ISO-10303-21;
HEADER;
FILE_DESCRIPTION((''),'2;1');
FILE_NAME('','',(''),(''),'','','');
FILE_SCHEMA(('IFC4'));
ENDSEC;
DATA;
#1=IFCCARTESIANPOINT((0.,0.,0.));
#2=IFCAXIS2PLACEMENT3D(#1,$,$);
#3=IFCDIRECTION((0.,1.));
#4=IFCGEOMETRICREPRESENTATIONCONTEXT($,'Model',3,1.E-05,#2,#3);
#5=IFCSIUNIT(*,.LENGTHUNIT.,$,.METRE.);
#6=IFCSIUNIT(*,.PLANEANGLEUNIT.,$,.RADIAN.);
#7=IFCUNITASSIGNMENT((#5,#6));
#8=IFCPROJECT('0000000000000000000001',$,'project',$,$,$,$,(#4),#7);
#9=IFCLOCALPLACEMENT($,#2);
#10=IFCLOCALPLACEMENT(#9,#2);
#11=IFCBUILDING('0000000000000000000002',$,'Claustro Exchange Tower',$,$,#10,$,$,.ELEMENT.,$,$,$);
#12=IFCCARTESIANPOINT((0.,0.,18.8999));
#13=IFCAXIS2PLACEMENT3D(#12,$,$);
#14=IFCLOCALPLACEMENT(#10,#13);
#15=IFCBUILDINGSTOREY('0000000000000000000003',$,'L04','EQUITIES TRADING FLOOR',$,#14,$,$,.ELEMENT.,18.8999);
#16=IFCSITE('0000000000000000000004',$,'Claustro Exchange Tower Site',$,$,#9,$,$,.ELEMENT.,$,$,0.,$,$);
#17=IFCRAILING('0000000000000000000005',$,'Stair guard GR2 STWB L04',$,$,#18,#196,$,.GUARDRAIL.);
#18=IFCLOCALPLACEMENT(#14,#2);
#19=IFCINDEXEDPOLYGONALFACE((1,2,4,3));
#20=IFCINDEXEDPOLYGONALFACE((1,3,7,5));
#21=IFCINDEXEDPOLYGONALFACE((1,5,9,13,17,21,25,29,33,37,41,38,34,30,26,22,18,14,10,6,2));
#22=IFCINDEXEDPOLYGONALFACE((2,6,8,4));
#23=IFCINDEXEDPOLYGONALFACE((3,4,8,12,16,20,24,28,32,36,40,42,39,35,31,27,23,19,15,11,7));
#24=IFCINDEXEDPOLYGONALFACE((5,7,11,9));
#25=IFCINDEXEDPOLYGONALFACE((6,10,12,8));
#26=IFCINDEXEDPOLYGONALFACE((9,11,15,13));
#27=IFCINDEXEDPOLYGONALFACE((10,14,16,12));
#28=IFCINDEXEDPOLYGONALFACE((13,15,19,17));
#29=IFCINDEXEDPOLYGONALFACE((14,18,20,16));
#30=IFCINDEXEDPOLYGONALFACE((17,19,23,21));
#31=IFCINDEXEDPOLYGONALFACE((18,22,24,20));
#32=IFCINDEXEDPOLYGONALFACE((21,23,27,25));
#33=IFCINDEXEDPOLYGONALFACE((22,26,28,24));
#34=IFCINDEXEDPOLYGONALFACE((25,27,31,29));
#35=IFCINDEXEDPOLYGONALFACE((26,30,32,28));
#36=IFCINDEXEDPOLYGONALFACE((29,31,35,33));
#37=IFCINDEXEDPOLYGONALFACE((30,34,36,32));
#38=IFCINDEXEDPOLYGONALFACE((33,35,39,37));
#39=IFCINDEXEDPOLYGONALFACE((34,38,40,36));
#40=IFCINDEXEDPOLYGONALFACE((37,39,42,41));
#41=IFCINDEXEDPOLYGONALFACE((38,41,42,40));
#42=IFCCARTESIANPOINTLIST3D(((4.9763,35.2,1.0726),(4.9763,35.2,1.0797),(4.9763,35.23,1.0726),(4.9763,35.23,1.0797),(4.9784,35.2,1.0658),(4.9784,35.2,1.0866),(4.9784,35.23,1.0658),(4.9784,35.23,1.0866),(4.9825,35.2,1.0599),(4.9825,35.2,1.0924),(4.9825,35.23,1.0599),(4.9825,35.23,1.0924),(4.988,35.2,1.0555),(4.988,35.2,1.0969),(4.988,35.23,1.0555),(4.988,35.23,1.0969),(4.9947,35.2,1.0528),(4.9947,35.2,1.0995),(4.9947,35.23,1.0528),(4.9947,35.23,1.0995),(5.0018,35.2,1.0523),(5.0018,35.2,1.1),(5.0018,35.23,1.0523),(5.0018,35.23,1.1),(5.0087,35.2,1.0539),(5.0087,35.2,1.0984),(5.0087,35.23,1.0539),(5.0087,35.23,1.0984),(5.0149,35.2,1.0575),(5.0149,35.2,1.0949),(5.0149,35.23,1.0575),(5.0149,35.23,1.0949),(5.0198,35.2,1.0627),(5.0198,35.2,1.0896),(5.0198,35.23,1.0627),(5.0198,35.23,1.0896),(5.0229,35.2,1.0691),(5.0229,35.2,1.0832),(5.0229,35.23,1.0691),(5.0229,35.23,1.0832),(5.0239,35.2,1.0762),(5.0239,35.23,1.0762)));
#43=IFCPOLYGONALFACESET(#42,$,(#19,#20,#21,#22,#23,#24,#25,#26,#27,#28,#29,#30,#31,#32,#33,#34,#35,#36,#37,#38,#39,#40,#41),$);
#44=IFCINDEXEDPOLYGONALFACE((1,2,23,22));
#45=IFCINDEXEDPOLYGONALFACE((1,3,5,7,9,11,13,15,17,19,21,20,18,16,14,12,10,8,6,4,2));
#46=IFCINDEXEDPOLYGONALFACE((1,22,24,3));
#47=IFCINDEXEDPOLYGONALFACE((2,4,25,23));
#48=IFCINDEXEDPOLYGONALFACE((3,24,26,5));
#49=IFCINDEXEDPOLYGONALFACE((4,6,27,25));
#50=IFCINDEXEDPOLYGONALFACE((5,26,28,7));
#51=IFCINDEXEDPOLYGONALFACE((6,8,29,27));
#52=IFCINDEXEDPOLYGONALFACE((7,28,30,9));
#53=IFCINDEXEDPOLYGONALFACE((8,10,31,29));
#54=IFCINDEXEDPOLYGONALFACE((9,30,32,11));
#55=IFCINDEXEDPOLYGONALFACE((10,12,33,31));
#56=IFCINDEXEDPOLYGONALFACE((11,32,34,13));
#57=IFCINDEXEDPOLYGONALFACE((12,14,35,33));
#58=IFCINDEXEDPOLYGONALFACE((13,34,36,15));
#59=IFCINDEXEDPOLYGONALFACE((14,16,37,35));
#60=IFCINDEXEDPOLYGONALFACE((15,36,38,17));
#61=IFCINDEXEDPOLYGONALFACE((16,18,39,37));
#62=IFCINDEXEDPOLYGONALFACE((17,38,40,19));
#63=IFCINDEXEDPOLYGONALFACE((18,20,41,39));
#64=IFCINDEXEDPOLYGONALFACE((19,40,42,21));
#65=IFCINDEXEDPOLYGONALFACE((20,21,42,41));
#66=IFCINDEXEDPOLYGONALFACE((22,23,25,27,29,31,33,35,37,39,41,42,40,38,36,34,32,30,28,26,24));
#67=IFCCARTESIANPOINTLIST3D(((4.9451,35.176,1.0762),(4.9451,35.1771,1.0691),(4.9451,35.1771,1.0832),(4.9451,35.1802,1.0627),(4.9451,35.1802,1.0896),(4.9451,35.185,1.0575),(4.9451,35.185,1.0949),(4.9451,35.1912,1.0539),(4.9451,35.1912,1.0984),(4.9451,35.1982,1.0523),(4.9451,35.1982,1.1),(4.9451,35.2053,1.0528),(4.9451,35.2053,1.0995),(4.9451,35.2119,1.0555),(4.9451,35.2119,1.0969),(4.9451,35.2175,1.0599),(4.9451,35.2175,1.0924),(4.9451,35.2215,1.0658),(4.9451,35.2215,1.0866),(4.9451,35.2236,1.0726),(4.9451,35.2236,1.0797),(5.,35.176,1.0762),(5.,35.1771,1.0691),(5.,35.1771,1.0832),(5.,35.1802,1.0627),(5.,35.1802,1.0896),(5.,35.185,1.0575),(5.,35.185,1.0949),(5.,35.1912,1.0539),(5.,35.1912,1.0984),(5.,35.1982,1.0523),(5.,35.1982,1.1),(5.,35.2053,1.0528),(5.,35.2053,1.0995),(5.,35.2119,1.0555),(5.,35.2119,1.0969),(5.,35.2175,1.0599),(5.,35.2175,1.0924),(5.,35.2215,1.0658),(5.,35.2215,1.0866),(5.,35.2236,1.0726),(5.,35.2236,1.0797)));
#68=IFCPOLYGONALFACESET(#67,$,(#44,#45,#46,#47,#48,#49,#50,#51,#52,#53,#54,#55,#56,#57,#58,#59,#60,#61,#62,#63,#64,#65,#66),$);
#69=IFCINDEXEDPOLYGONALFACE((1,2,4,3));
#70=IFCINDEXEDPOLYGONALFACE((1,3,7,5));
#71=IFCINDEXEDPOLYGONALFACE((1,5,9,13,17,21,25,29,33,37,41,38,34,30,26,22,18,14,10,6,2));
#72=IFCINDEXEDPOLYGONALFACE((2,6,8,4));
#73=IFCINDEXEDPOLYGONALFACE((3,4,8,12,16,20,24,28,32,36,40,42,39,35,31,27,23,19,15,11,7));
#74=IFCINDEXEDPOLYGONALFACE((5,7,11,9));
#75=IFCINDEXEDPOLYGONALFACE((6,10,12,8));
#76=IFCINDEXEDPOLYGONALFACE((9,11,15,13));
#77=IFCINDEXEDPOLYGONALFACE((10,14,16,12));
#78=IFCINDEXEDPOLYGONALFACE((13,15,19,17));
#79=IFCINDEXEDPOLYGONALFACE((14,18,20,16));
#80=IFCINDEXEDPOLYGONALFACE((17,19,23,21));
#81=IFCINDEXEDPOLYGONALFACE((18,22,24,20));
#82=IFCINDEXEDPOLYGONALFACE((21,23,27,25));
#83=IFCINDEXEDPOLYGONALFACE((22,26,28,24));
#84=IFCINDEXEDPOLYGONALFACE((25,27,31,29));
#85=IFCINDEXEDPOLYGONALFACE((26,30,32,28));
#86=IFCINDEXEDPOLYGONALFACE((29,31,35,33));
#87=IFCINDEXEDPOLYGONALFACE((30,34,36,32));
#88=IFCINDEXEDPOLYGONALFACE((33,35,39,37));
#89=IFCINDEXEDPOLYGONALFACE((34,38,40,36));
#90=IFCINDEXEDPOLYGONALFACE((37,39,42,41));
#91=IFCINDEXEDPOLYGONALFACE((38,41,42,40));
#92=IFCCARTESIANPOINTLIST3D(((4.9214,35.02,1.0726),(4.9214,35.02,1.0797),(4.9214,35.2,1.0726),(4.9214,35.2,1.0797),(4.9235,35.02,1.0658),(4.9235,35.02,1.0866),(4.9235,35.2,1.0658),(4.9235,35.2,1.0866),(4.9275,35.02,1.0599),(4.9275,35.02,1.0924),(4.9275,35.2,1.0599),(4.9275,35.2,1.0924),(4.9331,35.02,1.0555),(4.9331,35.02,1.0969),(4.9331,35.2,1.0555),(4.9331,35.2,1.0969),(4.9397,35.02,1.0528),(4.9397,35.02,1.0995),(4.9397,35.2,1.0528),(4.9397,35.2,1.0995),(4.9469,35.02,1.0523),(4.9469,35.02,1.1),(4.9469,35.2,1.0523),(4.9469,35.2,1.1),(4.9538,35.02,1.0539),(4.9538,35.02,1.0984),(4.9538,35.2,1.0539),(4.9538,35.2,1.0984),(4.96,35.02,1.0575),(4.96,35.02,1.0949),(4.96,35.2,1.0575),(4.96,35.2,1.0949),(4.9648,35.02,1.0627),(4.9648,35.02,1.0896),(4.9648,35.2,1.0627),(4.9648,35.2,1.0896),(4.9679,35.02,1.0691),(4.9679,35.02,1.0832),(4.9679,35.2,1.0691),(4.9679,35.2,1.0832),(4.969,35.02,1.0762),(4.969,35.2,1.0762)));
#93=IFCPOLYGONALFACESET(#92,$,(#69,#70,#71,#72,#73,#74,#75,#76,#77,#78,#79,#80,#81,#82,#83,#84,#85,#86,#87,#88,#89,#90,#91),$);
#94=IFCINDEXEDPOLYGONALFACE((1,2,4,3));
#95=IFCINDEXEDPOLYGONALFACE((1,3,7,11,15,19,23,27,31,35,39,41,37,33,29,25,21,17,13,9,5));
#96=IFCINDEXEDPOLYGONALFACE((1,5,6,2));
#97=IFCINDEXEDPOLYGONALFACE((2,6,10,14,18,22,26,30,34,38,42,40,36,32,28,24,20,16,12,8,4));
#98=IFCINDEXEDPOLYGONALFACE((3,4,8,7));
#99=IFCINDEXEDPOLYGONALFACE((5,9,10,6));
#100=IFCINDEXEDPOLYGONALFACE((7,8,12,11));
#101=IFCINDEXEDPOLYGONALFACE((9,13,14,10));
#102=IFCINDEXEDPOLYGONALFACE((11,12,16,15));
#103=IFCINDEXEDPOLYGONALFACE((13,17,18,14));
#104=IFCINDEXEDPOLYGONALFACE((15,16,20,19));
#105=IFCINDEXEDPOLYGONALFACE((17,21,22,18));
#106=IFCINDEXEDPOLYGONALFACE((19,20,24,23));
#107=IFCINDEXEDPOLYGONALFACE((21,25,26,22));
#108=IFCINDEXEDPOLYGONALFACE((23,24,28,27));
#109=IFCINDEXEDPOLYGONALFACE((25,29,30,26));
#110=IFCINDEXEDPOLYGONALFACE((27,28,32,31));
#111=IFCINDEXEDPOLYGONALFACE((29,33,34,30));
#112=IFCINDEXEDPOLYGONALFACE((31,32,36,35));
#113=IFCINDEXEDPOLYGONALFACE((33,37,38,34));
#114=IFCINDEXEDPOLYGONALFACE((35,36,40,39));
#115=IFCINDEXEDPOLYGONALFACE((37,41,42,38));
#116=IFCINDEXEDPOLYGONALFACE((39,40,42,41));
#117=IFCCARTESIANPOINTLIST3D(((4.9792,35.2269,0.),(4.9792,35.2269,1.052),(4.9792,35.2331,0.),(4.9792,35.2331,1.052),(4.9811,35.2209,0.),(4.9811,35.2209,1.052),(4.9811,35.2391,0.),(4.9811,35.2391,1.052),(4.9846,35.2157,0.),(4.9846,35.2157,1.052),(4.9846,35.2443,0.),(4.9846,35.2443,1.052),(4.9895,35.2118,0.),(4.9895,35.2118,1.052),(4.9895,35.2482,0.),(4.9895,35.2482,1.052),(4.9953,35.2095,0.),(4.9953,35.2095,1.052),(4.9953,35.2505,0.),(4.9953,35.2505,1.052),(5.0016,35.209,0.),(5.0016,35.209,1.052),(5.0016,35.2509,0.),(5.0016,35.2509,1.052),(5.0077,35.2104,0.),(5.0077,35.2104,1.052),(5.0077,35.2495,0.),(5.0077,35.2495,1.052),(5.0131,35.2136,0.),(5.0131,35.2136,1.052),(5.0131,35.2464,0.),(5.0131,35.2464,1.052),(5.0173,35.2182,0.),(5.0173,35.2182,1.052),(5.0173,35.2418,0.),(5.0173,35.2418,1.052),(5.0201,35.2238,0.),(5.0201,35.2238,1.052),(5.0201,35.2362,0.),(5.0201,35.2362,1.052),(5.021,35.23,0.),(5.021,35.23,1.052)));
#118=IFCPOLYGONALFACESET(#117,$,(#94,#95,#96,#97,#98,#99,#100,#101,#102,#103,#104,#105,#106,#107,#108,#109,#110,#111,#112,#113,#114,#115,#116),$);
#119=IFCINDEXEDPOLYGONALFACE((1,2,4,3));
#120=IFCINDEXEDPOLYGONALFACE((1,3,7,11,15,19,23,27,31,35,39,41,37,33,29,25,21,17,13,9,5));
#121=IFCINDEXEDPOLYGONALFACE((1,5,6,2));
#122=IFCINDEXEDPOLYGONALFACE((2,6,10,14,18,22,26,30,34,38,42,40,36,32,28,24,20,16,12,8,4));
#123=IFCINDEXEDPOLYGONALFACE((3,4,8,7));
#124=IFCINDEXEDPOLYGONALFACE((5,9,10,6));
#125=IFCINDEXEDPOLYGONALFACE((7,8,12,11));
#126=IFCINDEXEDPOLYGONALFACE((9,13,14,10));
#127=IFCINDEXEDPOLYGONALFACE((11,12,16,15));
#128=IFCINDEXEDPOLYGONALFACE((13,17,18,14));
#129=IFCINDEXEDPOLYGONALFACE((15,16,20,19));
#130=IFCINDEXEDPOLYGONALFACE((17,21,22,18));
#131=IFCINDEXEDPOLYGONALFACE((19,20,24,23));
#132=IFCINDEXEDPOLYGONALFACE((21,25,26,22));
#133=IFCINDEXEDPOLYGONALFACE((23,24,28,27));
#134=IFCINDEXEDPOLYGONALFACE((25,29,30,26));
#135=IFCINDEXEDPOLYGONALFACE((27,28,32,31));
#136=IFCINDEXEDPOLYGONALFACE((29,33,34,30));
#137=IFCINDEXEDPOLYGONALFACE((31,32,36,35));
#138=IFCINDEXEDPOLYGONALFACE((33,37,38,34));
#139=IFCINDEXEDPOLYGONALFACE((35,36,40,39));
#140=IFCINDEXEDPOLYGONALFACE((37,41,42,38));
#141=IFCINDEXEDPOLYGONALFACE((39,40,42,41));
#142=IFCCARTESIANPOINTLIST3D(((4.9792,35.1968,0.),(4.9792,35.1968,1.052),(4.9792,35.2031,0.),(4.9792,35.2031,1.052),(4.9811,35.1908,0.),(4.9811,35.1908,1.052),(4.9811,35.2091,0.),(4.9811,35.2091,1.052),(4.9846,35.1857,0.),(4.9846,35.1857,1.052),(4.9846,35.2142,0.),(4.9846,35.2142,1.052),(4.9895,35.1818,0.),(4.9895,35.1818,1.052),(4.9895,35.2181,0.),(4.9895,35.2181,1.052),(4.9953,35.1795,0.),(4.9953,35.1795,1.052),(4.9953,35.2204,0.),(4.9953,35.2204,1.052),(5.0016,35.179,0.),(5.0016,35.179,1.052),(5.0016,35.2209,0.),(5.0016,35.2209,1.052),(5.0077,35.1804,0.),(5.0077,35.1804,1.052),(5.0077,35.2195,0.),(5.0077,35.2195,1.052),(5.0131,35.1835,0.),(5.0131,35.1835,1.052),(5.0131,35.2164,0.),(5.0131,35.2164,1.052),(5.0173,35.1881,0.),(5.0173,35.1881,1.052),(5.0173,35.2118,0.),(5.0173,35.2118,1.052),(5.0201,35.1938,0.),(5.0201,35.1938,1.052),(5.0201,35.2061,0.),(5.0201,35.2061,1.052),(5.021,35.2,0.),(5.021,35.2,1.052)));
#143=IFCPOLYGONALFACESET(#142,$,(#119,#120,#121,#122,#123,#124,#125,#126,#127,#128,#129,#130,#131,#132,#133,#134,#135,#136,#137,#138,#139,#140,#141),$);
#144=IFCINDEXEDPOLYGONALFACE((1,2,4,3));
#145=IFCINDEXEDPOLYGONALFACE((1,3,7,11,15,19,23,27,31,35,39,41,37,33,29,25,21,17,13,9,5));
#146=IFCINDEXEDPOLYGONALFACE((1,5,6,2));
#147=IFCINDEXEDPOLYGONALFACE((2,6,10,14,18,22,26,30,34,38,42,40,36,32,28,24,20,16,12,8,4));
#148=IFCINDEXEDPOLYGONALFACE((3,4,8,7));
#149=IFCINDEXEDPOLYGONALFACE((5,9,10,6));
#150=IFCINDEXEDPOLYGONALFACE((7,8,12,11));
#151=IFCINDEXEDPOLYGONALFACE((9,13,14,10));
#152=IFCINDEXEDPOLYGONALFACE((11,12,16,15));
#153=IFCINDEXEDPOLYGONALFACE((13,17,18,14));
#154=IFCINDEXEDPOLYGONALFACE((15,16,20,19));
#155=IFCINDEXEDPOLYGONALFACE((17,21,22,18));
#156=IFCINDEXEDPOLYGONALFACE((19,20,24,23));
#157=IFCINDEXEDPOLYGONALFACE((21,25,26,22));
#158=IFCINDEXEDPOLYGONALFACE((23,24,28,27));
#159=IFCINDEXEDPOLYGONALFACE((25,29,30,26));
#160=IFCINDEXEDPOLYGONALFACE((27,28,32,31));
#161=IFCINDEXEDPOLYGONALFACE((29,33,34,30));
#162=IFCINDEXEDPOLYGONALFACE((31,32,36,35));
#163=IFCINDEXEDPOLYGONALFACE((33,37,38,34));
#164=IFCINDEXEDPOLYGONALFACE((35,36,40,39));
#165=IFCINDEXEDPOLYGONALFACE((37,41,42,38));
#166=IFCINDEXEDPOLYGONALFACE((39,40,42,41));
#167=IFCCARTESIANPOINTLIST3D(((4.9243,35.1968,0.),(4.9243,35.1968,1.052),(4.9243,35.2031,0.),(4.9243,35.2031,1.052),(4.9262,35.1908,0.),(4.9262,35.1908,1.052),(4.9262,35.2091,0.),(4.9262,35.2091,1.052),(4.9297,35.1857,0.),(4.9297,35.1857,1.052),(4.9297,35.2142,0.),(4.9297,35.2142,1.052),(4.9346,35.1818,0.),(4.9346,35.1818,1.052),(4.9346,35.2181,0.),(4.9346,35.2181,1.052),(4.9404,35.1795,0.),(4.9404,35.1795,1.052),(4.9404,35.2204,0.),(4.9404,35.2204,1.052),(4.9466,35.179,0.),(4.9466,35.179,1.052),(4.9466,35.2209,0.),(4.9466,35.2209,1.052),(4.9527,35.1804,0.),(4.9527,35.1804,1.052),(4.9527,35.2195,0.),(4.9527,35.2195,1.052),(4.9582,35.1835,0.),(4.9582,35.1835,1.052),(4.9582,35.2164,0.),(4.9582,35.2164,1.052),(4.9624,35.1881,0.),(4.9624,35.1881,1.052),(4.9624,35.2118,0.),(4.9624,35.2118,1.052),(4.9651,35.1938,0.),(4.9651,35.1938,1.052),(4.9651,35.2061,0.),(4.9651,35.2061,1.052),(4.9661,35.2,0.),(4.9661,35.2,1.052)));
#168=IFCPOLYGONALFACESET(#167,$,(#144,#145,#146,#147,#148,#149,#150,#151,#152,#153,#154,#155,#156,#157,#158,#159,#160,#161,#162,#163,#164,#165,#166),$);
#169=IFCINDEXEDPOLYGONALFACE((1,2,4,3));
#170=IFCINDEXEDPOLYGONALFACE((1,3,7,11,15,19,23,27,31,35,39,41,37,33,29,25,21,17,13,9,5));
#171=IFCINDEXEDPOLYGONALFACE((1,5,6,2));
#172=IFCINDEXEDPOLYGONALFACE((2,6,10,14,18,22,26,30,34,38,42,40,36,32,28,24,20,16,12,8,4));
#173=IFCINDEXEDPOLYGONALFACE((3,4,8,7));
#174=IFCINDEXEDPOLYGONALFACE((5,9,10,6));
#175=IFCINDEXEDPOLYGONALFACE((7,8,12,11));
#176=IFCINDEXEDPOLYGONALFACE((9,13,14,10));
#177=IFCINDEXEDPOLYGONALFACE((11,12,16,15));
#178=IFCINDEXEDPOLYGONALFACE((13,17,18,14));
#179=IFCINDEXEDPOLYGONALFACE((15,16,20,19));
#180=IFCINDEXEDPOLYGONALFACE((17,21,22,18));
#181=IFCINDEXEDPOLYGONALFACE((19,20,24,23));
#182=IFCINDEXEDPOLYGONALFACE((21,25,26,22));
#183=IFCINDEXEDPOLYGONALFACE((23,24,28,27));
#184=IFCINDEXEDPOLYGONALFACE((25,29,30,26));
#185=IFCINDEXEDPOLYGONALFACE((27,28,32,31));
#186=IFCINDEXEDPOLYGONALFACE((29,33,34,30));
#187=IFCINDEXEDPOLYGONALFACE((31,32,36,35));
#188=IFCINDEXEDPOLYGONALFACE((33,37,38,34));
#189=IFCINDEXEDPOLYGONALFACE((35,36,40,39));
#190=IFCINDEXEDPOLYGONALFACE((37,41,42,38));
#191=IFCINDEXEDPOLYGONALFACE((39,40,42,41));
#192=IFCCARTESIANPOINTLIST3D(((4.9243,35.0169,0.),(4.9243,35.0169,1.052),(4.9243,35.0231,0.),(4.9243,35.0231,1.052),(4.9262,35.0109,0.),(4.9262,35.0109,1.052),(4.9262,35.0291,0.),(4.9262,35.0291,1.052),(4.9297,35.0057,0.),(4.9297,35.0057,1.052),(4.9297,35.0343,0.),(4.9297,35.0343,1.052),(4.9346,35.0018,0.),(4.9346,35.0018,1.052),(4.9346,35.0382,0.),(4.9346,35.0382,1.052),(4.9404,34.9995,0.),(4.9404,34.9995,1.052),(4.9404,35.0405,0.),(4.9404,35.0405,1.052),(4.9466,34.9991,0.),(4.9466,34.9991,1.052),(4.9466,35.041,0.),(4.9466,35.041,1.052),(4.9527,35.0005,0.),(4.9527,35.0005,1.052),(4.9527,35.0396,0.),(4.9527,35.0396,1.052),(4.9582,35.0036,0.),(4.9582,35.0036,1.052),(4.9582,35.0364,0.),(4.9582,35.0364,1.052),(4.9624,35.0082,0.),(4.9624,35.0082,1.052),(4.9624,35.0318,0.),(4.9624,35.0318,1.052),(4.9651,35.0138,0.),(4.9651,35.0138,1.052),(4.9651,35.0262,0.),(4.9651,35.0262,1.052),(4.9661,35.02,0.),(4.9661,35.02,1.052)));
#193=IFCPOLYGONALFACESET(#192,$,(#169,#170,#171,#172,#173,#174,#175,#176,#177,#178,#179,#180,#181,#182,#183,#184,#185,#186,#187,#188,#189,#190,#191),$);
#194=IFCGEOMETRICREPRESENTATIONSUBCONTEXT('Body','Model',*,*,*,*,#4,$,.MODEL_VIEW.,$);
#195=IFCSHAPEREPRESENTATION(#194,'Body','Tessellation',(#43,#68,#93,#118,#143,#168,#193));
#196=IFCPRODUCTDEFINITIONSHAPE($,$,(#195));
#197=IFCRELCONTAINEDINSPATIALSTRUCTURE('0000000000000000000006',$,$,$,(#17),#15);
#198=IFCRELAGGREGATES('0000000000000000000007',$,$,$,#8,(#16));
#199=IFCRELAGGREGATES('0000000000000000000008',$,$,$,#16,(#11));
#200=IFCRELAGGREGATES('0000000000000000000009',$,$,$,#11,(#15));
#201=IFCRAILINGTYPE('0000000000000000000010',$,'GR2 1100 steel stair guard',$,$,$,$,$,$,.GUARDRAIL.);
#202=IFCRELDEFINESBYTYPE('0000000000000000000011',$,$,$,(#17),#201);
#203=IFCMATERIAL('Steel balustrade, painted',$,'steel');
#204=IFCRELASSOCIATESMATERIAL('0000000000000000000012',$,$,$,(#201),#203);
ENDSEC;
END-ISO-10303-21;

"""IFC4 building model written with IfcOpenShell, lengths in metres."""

from ifc_helpers import new_model, si_unit, direction, frame, origin, origin_2d, place, context, subcontext, project, spatial, circle, extrude, material, type_object, element, save


model = new_model("IFC4")

# Units and contexts
model_context = context("Model", 3, precision=1e-05, world=origin(), true_north=direction((0.0, 1.0)))
body_context = subcontext(model_context, "Body", "Model", "MODEL_VIEW")
ifc_project = project(units=[si_unit("LENGTHUNIT", "METRE"), si_unit("PLANEANGLEUNIT", "RADIAN")], contexts=[model_context])

# Site, building, storey
site_placement = place(None, origin())
site = spatial("IfcSite", under=ifc_project, at=site_placement, Name="Claustro Exchange Tower Site", CompositionType="ELEMENT", RefElevation=0.0)
building_placement = place(site_placement, origin())
building = spatial("IfcBuilding", under=site, at=building_placement, Name="Claustro Exchange Tower", CompositionType="ELEMENT")
storey_placement = place(building_placement, frame((0.0, 0.0, 18.8999)))
storey = spatial("IfcBuildingStorey", under=building, at=storey_placement, Name="L04", Description="EQUITIES TRADING FLOOR", CompositionType="ELEMENT", Elevation=18.8999)

# Railing
ifc_material_1 = material(Name="Steel balustrade, painted", Category="steel")
railing_type_1 = type_object("IfcRailingType", Name="GR2 1100 steel stair guard", PredefinedType="GUARDRAIL", material=ifc_material_1)
railing_1_placement = place(storey_placement, frame((5.0, 35.23, 0.0)))
element("IfcRailing", 1, at=railing_1_placement, inside=storey, type_object=railing_type_1, Name="Stair guard GR2 STWB L04", PredefinedType="GUARDRAIL", context=body_context, shape_type="SweptSolid", body=[
    extrude(circle(Radius=0.0239, at=origin_2d()), frame((0.0, 0.0, 1.0762), z_axis=(0.0, -1.0, 0.0), x_axis=(1.0, 0.0, 0.0)), (0.0, 0.0, 1.0), 0.03),
    extrude(circle(Radius=0.0239, at=origin_2d()), frame((0.0, -0.03, 1.0762), z_axis=(-1.0, 0.0, 0.0), x_axis=(0.0, -1.0, 0.0)), (0.0, 0.0, 1.0), 0.0549),
    extrude(circle(Radius=0.0239, at=origin_2d()), frame((-0.0549, -0.03, 1.0762), z_axis=(0.0, -1.0, 0.0), x_axis=(1.0, 0.0, 0.0)), (0.0, 0.0, 1.0), 0.1799),
    extrude(circle(Radius=0.021, at=origin_2d()), origin(), (0.0, 0.0, 1.0), 1.052),
    extrude(circle(Radius=0.021, at=origin_2d()), frame((0.0, -0.03, 0.0)), (0.0, 0.0, 1.0), 1.052),
    extrude(circle(Radius=0.021, at=origin_2d()), frame((-0.0549, -0.03, 0.0)), (0.0, 0.0, 1.0), 1.052),
    extrude(circle(Radius=0.021, at=origin_2d()), frame((-0.0549, -0.21, 0.0)), (0.0, 0.0, 1.0), 1.052),
])

save(model, "model.ifc")
